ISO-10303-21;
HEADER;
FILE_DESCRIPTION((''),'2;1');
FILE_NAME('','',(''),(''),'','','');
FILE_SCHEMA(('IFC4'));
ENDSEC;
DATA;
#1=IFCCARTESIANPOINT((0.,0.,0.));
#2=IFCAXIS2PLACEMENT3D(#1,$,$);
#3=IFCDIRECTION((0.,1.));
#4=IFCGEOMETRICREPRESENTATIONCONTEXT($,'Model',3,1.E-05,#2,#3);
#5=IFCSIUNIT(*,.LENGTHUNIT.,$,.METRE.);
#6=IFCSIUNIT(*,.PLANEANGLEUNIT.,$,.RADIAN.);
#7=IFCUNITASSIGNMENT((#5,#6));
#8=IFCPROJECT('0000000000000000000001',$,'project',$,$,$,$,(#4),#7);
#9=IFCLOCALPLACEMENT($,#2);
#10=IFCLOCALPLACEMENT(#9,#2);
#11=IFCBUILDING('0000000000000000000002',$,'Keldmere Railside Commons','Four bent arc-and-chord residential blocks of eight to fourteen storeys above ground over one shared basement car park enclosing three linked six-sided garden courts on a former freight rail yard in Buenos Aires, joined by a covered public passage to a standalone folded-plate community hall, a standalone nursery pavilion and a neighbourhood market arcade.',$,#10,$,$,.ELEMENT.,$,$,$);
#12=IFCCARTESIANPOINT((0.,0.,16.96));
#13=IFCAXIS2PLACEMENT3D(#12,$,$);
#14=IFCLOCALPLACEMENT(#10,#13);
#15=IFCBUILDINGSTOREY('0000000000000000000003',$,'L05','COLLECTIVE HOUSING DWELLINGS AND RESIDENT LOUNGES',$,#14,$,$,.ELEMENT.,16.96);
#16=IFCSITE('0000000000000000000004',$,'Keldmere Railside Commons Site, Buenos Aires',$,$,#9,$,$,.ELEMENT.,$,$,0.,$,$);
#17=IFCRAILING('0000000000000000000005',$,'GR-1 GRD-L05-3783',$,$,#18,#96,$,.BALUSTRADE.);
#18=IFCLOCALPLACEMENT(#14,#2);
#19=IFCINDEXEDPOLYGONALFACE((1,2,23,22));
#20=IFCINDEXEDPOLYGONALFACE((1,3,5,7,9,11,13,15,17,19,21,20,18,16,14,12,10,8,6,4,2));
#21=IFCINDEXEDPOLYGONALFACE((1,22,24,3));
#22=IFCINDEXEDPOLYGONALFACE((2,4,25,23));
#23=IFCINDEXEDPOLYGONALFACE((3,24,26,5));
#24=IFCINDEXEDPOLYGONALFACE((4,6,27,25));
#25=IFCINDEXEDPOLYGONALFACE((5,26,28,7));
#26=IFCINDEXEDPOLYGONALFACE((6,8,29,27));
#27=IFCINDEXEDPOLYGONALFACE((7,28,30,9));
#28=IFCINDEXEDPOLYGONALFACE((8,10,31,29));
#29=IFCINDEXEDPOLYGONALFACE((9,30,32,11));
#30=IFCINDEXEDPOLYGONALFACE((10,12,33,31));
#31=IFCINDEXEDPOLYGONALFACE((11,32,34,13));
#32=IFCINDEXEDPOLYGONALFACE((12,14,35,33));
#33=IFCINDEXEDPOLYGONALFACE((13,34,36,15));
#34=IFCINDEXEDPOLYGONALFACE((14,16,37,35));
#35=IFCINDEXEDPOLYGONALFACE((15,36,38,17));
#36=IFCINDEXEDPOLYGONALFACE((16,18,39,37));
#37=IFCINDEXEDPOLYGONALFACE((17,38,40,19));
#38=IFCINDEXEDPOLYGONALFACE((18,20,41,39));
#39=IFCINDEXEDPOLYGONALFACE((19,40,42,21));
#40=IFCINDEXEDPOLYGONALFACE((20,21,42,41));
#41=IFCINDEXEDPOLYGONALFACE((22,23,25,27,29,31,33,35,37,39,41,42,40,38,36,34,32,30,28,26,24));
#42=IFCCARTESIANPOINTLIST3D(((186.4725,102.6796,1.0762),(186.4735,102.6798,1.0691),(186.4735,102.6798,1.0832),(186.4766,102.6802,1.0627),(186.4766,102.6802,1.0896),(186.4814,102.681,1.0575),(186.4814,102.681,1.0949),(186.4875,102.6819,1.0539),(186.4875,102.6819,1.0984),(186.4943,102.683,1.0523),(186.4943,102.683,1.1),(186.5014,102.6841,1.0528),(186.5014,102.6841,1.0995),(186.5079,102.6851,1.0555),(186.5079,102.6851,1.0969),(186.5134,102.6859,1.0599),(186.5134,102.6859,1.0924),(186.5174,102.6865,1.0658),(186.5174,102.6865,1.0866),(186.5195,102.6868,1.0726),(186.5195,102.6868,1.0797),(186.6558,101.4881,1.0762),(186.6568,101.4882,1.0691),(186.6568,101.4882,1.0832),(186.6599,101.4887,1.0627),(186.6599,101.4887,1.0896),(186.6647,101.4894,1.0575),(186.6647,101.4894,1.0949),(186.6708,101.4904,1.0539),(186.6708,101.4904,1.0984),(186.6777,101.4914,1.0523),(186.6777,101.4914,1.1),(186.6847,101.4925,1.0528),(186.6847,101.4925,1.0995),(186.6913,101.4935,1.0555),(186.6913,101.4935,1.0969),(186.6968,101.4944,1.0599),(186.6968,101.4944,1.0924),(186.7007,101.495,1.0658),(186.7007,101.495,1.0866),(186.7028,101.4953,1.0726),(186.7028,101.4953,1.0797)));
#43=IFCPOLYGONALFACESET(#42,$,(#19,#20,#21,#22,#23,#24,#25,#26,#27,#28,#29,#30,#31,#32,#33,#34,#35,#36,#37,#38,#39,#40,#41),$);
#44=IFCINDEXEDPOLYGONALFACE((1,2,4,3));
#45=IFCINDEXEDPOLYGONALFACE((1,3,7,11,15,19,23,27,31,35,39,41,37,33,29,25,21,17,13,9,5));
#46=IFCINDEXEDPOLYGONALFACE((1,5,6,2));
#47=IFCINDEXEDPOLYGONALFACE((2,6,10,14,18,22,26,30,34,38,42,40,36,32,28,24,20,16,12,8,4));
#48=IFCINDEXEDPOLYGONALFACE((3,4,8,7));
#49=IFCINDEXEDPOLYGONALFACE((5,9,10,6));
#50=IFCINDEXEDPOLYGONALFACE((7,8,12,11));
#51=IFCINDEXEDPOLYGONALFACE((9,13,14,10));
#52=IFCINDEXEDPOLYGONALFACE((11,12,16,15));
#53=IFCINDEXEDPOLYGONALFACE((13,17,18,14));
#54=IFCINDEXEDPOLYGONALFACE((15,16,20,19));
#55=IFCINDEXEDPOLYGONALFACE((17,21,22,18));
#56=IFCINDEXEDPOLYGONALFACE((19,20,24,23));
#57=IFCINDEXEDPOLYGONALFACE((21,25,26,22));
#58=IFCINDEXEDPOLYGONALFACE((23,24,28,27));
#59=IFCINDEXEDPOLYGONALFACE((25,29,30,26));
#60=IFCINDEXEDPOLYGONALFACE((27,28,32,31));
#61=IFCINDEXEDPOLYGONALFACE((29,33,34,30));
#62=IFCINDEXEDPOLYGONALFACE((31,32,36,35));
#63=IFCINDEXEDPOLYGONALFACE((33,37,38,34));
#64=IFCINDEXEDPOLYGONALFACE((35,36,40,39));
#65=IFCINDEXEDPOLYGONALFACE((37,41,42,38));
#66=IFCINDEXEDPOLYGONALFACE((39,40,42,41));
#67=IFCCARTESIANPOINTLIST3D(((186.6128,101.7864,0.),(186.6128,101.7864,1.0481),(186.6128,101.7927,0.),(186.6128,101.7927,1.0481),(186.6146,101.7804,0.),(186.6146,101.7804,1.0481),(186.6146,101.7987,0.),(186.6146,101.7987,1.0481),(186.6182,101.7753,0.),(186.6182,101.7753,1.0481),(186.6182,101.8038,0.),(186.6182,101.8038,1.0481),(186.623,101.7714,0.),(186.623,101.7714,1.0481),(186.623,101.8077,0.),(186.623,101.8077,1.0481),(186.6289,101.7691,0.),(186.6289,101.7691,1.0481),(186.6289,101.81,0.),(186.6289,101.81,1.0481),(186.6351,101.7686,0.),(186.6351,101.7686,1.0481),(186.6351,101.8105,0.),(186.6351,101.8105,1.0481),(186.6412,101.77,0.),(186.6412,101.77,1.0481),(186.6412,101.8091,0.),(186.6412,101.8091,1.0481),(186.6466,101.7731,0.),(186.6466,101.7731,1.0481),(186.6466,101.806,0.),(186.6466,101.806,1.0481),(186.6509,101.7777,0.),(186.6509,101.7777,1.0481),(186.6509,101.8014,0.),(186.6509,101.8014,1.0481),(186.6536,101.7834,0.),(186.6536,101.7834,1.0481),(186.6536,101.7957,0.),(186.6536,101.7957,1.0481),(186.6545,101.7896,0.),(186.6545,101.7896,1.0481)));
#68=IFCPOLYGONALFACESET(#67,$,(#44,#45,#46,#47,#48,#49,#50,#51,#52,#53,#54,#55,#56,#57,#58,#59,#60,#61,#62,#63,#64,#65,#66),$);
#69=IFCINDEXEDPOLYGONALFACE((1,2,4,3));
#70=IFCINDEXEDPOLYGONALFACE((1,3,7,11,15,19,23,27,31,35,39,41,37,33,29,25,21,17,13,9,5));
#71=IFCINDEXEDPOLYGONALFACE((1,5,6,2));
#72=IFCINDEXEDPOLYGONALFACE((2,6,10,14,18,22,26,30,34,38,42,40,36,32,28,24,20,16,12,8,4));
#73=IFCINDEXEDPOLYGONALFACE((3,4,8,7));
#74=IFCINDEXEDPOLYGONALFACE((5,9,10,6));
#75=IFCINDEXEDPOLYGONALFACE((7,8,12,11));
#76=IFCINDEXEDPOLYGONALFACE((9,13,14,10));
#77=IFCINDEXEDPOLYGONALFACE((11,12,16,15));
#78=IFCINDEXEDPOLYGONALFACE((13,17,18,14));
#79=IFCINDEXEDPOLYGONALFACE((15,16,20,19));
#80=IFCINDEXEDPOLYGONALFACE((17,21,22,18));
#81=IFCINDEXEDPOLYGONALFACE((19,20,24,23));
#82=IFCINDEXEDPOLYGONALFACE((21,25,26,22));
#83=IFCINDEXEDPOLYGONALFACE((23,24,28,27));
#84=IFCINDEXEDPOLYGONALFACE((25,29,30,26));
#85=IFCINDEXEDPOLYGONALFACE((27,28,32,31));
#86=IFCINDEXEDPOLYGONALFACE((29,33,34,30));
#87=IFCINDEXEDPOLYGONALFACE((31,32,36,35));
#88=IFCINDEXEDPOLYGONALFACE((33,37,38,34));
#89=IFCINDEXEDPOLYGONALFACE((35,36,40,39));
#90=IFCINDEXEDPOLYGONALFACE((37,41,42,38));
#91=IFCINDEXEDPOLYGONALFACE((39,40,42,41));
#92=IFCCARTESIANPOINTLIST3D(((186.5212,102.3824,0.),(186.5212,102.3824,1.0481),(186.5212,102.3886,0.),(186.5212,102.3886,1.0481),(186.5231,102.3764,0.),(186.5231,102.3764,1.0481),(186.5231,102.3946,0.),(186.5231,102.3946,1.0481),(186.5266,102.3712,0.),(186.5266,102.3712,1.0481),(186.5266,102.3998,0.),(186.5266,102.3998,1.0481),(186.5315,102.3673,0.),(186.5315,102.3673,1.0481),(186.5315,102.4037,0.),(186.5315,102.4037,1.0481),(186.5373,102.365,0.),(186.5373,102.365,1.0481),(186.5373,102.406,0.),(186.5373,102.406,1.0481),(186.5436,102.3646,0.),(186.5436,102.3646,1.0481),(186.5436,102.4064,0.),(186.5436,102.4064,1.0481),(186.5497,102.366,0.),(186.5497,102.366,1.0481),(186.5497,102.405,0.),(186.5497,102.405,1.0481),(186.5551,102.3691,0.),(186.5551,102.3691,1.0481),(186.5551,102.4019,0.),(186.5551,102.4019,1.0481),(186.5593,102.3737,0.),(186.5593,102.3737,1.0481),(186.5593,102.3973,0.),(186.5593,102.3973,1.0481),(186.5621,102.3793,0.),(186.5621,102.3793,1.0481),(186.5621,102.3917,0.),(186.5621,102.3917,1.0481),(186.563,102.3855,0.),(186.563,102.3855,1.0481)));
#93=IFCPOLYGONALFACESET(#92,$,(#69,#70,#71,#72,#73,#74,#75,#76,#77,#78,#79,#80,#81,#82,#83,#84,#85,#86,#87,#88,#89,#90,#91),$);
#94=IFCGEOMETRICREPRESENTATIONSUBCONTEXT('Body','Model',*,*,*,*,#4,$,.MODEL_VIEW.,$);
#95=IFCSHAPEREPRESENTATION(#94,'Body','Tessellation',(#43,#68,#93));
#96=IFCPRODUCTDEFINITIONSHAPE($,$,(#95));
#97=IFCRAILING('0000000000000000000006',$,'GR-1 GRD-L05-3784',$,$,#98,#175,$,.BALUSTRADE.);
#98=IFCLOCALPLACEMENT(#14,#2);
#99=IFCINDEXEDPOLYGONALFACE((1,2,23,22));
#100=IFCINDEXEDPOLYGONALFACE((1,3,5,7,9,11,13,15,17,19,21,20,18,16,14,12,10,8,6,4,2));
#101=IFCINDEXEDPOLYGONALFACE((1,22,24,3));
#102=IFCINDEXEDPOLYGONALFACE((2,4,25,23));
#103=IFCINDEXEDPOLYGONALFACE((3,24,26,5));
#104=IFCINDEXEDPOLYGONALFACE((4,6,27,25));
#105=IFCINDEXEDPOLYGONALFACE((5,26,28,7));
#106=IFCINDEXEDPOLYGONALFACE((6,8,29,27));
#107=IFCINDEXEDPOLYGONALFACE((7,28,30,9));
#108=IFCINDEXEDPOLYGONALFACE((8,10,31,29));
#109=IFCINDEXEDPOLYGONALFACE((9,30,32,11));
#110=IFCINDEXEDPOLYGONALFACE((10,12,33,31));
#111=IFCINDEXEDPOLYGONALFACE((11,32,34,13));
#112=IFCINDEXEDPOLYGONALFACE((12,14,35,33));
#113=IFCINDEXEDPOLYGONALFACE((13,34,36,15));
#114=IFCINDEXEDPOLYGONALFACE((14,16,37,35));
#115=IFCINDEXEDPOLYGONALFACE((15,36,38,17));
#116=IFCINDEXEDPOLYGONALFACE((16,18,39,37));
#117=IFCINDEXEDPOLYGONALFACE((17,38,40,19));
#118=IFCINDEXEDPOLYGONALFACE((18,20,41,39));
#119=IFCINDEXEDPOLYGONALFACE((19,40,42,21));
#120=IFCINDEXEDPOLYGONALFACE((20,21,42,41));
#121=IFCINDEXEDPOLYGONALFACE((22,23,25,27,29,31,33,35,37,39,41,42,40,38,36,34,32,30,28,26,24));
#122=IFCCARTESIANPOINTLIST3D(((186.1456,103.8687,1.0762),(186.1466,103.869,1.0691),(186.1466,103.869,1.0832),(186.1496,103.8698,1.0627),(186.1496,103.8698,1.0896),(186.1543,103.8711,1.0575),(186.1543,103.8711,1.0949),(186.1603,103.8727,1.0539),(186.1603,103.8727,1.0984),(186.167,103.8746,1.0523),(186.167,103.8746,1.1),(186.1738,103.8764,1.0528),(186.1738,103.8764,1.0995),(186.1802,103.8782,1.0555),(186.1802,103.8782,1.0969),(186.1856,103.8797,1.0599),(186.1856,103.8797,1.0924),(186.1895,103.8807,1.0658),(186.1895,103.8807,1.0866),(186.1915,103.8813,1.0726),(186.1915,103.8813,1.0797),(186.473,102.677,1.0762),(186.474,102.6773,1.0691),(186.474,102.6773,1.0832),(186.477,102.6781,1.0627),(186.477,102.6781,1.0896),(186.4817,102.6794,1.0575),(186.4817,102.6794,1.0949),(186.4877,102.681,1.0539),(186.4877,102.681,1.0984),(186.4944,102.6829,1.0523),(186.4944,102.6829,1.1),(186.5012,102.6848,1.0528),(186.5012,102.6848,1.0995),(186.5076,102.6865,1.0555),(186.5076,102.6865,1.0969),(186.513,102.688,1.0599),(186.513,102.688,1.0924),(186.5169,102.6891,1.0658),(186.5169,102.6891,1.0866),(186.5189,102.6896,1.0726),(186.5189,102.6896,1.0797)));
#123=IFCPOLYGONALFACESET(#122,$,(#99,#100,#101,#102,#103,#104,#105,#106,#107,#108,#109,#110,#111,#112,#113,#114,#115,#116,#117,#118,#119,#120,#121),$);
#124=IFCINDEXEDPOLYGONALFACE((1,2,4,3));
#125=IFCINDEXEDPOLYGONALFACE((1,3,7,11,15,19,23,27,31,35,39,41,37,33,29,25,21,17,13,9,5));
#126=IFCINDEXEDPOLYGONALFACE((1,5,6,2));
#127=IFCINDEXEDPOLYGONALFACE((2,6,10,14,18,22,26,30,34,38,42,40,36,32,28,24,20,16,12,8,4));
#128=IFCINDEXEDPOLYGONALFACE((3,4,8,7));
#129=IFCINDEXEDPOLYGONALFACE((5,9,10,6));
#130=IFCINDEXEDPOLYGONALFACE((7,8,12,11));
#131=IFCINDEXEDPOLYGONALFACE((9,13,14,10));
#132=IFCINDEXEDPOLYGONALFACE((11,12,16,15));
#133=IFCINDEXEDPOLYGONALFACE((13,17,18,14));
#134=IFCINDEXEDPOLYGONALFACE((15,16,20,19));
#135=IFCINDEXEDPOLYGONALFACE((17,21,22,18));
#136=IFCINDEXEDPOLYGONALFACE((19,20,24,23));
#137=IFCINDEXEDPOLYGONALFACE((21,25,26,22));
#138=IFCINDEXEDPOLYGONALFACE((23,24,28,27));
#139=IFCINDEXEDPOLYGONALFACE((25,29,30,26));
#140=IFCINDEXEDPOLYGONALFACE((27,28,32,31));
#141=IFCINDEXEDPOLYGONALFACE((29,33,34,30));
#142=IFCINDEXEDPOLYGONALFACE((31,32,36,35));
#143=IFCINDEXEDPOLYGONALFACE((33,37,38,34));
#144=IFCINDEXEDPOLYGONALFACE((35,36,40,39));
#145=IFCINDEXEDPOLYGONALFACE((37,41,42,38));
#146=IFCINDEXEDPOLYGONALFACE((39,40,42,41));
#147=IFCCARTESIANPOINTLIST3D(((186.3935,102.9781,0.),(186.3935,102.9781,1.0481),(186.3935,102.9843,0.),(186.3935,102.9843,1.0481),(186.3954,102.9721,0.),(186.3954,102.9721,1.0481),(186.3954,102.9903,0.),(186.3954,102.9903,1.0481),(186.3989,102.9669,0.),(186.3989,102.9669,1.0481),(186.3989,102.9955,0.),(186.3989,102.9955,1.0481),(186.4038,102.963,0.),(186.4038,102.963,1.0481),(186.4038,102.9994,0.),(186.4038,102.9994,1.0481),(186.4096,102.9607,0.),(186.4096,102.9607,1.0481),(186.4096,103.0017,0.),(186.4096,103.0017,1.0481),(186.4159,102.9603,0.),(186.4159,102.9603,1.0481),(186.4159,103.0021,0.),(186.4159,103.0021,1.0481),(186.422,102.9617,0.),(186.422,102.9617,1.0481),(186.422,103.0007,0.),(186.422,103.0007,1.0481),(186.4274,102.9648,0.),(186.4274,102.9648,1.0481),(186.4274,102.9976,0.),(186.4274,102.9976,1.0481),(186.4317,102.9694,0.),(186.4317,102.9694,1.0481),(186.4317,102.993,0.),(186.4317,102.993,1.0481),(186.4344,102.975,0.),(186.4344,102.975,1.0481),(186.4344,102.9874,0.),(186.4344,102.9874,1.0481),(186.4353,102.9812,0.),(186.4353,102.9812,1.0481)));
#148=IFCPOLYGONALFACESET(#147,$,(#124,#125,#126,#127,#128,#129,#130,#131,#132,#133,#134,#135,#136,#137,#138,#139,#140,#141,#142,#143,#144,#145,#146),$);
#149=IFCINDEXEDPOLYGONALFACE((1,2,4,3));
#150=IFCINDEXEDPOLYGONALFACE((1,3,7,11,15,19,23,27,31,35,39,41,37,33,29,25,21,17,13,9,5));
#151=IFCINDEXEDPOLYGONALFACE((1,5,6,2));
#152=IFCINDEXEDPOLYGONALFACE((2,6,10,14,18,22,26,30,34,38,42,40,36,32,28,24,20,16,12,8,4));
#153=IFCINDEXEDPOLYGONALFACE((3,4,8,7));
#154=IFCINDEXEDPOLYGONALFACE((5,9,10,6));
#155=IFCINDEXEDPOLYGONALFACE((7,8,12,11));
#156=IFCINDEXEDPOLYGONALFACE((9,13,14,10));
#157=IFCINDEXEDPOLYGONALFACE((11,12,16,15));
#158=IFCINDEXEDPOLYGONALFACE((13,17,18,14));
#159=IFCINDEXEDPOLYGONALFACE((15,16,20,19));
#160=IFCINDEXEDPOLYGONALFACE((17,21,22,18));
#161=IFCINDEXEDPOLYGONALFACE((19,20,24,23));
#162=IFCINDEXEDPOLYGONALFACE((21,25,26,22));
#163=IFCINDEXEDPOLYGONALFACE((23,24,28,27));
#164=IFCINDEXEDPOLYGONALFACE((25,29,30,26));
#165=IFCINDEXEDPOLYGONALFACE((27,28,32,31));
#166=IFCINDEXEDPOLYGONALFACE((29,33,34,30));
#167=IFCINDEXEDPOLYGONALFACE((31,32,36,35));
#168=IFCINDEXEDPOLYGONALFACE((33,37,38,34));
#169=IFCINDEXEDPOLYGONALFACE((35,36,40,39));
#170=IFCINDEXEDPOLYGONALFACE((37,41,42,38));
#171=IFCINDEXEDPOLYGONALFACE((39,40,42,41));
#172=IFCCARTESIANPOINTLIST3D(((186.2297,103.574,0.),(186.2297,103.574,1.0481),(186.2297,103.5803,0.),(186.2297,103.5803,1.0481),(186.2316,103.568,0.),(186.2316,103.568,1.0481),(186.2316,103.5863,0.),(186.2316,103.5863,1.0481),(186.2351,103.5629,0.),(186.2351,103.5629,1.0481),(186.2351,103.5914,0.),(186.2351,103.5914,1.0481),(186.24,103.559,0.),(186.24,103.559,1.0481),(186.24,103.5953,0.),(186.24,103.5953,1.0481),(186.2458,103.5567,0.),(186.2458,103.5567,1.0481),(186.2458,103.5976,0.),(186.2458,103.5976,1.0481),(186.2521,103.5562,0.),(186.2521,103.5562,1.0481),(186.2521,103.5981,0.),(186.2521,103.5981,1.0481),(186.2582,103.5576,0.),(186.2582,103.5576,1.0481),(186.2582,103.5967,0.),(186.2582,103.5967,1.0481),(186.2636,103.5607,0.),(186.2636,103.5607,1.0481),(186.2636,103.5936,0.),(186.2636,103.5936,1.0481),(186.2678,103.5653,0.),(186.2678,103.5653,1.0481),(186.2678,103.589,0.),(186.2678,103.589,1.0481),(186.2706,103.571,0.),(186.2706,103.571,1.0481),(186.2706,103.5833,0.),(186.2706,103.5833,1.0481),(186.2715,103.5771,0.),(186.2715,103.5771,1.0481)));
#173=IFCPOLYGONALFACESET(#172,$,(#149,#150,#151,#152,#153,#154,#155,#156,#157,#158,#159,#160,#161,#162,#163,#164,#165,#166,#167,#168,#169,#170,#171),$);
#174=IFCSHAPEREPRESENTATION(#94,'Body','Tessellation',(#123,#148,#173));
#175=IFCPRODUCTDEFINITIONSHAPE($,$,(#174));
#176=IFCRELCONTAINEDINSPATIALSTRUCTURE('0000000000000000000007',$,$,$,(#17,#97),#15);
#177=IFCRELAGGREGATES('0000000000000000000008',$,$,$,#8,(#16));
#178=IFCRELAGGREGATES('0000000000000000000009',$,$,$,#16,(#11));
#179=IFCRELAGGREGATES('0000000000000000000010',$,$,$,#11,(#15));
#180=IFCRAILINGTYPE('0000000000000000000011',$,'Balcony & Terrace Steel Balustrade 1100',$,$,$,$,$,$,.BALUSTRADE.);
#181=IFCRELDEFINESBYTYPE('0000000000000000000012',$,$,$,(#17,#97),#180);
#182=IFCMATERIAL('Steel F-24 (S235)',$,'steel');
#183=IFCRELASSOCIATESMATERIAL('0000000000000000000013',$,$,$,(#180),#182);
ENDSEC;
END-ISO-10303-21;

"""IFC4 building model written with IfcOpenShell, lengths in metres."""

from ifc_helpers import new_model, si_unit, direction, frame, origin, origin_2d, place, context, subcontext, project, spatial, circle, extrude, material, type_object, element, save


model = new_model("IFC4")

# Units and contexts
model_context = context("Model", 3, precision=1e-05, world=origin(), true_north=direction((0.0, 1.0)))
body_context = subcontext(model_context, "Body", "Model", "MODEL_VIEW")
ifc_project = project(units=[si_unit("LENGTHUNIT", "METRE"), si_unit("PLANEANGLEUNIT", "RADIAN")], contexts=[model_context])

# Site, building, storey
site_placement = place(None, origin())
site = spatial("IfcSite", under=ifc_project, at=site_placement, Name="Keldmere Railside Commons Site, Buenos Aires", CompositionType="ELEMENT", RefElevation=0.0)
building_placement = place(site_placement, origin())
building = spatial("IfcBuilding", under=site, at=building_placement, Name="Keldmere Railside Commons", Description="Four bent arc-and-chord residential blocks of eight to fourteen storeys above ground over one shared basement car park enclosing three linked six-sided garden courts on a former freight rail yard in Buenos Aires, joined by a covered public passage to a standalone folded-plate community hall, a standalone nursery pavilion and a neighbourhood market arcade.", CompositionType="ELEMENT")
storey_placement = place(building_placement, frame((0.0, 0.0, 16.96)))
storey = spatial("IfcBuildingStorey", under=building, at=storey_placement, Name="L05", Description="COLLECTIVE HOUSING DWELLINGS AND RESIDENT LOUNGES", CompositionType="ELEMENT", Elevation=16.96)

# Railings
ifc_material_1 = material(Name="Steel F-24 (S235)", Category="steel")
railing_type = type_object("IfcRailingType", Name="Balcony & Terrace Steel Balustrade 1100", PredefinedType="BALUSTRADE", material=ifc_material_1)
railing_1_placement = place(storey_placement, frame((186.6794, 101.4917, 0.0)))
element("IfcRailing", 1, at=railing_1_placement, inside=storey, type_object=railing_type, Name="GR-1 GRD-L05-3783", PredefinedType="BALUSTRADE", context=body_context, shape_type="SweptSolid", body=[
    extrude(circle(Radius=0.0239, at=origin_2d()), frame((0.0, 0.0, 1.0762), z_axis=(-0.152072, 0.988369, 0.0), x_axis=(-0.988369, -0.152072, 0.0)), (0.0, 0.0, 1.0), 1.2056),
    extrude(circle(Radius=0.021, at=origin_2d()), frame((-0.0459, 0.2979, 0.0)), (0.0, 0.0, 1.0), 1.0481),
    extrude(circle(Radius=0.021, at=origin_2d()), frame((-0.1375, 0.8938, 0.0)), (0.0, 0.0, 1.0), 1.0481),
])
railing_2_placement = place(storey_placement, frame((186.4961, 102.6833, 0.0)))
element("IfcRailing", 2, at=railing_2_placement, inside=storey, type_object=railing_type, Name="GR-1 GRD-L05-3784", PredefinedType="BALUSTRADE", context=body_context, shape_type="SweptSolid", body=[
    extrude(circle(Radius=0.0239, at=origin_2d()), frame((0.0, 0.0, 1.0762), z_axis=(-0.264922, 0.96427, 0.0), x_axis=(-0.96427, -0.264922, 0.0)), (0.0, 0.0, 1.0), 1.2358),
    extrude(circle(Radius=0.021, at=origin_2d()), frame((-0.0818, 0.2979, 0.0)), (0.0, 0.0, 1.0), 1.0481),
    extrude(circle(Radius=0.021, at=origin_2d()), frame((-0.2456, 0.8938, 0.0)), (0.0, 0.0, 1.0), 1.0481),
])

save(model, "model.ifc")
